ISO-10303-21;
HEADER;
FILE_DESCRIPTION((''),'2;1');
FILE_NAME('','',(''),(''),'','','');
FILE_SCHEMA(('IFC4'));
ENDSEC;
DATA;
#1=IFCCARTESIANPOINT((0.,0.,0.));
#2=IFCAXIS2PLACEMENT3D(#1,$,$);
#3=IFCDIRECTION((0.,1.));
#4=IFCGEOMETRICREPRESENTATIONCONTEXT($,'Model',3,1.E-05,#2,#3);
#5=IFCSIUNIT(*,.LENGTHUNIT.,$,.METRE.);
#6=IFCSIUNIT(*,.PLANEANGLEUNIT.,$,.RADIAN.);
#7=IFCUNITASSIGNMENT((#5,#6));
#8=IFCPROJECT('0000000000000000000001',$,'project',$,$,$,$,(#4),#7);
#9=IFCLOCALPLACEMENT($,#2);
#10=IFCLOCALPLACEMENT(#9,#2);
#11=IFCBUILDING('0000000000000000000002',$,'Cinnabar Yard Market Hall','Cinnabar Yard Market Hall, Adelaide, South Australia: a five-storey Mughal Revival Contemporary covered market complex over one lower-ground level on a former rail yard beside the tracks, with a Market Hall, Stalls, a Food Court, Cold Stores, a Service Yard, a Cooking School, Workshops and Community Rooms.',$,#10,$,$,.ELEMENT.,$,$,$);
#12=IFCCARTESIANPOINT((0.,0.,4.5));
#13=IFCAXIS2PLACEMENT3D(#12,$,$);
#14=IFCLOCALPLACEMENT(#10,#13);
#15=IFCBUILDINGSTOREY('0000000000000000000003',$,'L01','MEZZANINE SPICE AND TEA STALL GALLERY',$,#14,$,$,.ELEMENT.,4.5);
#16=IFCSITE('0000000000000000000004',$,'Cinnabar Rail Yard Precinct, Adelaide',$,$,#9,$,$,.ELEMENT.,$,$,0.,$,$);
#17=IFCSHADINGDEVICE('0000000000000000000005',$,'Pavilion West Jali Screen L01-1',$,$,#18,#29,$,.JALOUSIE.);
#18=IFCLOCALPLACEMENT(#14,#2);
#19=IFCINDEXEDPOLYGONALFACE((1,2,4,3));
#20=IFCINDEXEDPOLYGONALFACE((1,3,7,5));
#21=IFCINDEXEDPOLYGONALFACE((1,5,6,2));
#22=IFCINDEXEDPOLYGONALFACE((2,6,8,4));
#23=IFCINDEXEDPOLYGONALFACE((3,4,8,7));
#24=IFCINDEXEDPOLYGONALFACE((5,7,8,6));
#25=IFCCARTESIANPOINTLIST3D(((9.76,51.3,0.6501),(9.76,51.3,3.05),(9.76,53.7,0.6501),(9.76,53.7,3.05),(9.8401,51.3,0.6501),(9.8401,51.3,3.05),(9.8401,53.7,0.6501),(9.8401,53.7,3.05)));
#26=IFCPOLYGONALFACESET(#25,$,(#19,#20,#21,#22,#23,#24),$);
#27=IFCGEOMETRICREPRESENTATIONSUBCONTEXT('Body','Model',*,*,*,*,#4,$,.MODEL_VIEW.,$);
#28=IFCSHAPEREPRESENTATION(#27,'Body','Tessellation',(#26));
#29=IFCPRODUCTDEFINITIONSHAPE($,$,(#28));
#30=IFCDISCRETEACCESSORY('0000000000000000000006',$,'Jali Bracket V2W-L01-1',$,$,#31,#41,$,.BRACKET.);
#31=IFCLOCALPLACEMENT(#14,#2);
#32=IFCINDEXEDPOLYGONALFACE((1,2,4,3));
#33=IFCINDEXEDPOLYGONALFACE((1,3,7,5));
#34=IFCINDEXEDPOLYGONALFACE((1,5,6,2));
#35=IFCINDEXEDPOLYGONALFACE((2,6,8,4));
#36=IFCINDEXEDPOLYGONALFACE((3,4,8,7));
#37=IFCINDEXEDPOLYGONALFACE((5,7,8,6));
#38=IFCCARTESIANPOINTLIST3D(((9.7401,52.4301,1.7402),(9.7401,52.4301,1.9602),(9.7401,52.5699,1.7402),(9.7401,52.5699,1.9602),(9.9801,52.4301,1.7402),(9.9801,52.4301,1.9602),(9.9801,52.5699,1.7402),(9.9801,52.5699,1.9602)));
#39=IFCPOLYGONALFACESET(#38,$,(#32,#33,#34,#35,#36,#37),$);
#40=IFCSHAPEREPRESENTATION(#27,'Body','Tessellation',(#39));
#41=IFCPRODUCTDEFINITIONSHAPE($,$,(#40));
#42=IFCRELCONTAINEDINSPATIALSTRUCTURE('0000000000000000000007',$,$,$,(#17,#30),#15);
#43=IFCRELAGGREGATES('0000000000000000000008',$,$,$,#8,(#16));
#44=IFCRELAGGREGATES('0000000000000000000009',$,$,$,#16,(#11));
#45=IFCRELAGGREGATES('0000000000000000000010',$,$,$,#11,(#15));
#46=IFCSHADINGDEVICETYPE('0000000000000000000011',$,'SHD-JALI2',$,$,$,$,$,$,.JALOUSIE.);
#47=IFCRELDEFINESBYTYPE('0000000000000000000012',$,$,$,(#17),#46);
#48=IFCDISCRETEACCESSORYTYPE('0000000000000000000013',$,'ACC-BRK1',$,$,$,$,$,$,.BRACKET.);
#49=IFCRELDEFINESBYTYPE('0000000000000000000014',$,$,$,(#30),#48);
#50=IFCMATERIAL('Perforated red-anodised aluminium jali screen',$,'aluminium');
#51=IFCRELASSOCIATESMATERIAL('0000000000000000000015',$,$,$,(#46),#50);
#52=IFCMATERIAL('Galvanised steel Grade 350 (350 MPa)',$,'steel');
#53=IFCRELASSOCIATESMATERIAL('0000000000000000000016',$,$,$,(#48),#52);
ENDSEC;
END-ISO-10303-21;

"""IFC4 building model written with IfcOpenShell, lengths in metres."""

from ifc_helpers import new_model, si_unit, direction, frame, origin, origin_2d_with_axis, place, context, subcontext, project, spatial, rectangle, extrude, material, type_object, element, save


model = new_model("IFC4")

# Units and contexts
model_context = context("Model", 3, precision=1e-05, world=origin(), true_north=direction((0.0, 1.0)))
body_context = subcontext(model_context, "Body", "Model", "MODEL_VIEW")
ifc_project = project(units=[si_unit("LENGTHUNIT", "METRE"), si_unit("PLANEANGLEUNIT", "RADIAN")], contexts=[model_context])

# Site, building, storey
site_placement = place(None, origin())
site = spatial("IfcSite", under=ifc_project, at=site_placement, Name="Cinnabar Rail Yard Precinct, Adelaide", CompositionType="ELEMENT", RefElevation=0.0)
building_placement = place(site_placement, origin())
building = spatial("IfcBuilding", under=site, at=building_placement, Name="Cinnabar Yard Market Hall", Description="Cinnabar Yard Market Hall, Adelaide, South Australia: a five-storey Mughal Revival Contemporary covered market complex over one lower-ground level on a former rail yard beside the tracks, with a Market Hall, Stalls, a Food Court, Cold Stores, a Service Yard, a Cooking School, Workshops and Community Rooms.", CompositionType="ELEMENT")
storey_placement = place(building_placement, frame((0.0, 0.0, 4.5)))
storey = spatial("IfcBuildingStorey", under=building, at=storey_placement, Name="L01", Description="MEZZANINE SPICE AND TEA STALL GALLERY", CompositionType="ELEMENT", Elevation=4.5)

# Shading device
ifc_material_1 = material(Name="Perforated red-anodised aluminium jali screen", Category="aluminium")
shading_device_type = type_object("IfcShadingDeviceType", Name="SHD-JALI2", PredefinedType="JALOUSIE", material=ifc_material_1)
shading_device_placement = place(storey_placement, frame((9.8, 52.5, 0.6501), z_axis=(0.0, 0.0, 1.0), x_axis=(1.0, 0.0, 0.0)))
element("IfcShadingDevice", 1, at=shading_device_placement, inside=storey, type_object=shading_device_type, Name="Pavilion West Jali Screen L01-1", PredefinedType="JALOUSIE", context=body_context, shape_type="SweptSolid", body=[
    extrude(rectangle(XDim=0.0801, YDim=2.3999, at=origin_2d_with_axis()), origin(), (0.0, 0.0, 1.0), 2.3999),
])

# Discrete accessory
ifc_material_2 = material(Name="Galvanised steel Grade 350 (350 MPa)", Category="steel")
discrete_accessory_type = type_object("IfcDiscreteAccessoryType", Name="ACC-BRK1", PredefinedType="BRACKET", material=ifc_material_2)
discrete_accessory_placement = place(storey_placement, frame((9.8601, 52.5, 1.7402), z_axis=(0.0, 0.0, 1.0), x_axis=(1.0, 0.0, 0.0)))
element("IfcDiscreteAccessory", 2, at=discrete_accessory_placement, inside=storey, type_object=discrete_accessory_type, Name="Jali Bracket V2W-L01-1", PredefinedType="BRACKET", context=body_context, shape_type="SweptSolid", body=[
    extrude(rectangle(XDim=0.24, YDim=0.1399, at=origin_2d_with_axis()), origin(), (0.0, 0.0, 1.0), 0.22),
])

save(model, "model.ifc")
